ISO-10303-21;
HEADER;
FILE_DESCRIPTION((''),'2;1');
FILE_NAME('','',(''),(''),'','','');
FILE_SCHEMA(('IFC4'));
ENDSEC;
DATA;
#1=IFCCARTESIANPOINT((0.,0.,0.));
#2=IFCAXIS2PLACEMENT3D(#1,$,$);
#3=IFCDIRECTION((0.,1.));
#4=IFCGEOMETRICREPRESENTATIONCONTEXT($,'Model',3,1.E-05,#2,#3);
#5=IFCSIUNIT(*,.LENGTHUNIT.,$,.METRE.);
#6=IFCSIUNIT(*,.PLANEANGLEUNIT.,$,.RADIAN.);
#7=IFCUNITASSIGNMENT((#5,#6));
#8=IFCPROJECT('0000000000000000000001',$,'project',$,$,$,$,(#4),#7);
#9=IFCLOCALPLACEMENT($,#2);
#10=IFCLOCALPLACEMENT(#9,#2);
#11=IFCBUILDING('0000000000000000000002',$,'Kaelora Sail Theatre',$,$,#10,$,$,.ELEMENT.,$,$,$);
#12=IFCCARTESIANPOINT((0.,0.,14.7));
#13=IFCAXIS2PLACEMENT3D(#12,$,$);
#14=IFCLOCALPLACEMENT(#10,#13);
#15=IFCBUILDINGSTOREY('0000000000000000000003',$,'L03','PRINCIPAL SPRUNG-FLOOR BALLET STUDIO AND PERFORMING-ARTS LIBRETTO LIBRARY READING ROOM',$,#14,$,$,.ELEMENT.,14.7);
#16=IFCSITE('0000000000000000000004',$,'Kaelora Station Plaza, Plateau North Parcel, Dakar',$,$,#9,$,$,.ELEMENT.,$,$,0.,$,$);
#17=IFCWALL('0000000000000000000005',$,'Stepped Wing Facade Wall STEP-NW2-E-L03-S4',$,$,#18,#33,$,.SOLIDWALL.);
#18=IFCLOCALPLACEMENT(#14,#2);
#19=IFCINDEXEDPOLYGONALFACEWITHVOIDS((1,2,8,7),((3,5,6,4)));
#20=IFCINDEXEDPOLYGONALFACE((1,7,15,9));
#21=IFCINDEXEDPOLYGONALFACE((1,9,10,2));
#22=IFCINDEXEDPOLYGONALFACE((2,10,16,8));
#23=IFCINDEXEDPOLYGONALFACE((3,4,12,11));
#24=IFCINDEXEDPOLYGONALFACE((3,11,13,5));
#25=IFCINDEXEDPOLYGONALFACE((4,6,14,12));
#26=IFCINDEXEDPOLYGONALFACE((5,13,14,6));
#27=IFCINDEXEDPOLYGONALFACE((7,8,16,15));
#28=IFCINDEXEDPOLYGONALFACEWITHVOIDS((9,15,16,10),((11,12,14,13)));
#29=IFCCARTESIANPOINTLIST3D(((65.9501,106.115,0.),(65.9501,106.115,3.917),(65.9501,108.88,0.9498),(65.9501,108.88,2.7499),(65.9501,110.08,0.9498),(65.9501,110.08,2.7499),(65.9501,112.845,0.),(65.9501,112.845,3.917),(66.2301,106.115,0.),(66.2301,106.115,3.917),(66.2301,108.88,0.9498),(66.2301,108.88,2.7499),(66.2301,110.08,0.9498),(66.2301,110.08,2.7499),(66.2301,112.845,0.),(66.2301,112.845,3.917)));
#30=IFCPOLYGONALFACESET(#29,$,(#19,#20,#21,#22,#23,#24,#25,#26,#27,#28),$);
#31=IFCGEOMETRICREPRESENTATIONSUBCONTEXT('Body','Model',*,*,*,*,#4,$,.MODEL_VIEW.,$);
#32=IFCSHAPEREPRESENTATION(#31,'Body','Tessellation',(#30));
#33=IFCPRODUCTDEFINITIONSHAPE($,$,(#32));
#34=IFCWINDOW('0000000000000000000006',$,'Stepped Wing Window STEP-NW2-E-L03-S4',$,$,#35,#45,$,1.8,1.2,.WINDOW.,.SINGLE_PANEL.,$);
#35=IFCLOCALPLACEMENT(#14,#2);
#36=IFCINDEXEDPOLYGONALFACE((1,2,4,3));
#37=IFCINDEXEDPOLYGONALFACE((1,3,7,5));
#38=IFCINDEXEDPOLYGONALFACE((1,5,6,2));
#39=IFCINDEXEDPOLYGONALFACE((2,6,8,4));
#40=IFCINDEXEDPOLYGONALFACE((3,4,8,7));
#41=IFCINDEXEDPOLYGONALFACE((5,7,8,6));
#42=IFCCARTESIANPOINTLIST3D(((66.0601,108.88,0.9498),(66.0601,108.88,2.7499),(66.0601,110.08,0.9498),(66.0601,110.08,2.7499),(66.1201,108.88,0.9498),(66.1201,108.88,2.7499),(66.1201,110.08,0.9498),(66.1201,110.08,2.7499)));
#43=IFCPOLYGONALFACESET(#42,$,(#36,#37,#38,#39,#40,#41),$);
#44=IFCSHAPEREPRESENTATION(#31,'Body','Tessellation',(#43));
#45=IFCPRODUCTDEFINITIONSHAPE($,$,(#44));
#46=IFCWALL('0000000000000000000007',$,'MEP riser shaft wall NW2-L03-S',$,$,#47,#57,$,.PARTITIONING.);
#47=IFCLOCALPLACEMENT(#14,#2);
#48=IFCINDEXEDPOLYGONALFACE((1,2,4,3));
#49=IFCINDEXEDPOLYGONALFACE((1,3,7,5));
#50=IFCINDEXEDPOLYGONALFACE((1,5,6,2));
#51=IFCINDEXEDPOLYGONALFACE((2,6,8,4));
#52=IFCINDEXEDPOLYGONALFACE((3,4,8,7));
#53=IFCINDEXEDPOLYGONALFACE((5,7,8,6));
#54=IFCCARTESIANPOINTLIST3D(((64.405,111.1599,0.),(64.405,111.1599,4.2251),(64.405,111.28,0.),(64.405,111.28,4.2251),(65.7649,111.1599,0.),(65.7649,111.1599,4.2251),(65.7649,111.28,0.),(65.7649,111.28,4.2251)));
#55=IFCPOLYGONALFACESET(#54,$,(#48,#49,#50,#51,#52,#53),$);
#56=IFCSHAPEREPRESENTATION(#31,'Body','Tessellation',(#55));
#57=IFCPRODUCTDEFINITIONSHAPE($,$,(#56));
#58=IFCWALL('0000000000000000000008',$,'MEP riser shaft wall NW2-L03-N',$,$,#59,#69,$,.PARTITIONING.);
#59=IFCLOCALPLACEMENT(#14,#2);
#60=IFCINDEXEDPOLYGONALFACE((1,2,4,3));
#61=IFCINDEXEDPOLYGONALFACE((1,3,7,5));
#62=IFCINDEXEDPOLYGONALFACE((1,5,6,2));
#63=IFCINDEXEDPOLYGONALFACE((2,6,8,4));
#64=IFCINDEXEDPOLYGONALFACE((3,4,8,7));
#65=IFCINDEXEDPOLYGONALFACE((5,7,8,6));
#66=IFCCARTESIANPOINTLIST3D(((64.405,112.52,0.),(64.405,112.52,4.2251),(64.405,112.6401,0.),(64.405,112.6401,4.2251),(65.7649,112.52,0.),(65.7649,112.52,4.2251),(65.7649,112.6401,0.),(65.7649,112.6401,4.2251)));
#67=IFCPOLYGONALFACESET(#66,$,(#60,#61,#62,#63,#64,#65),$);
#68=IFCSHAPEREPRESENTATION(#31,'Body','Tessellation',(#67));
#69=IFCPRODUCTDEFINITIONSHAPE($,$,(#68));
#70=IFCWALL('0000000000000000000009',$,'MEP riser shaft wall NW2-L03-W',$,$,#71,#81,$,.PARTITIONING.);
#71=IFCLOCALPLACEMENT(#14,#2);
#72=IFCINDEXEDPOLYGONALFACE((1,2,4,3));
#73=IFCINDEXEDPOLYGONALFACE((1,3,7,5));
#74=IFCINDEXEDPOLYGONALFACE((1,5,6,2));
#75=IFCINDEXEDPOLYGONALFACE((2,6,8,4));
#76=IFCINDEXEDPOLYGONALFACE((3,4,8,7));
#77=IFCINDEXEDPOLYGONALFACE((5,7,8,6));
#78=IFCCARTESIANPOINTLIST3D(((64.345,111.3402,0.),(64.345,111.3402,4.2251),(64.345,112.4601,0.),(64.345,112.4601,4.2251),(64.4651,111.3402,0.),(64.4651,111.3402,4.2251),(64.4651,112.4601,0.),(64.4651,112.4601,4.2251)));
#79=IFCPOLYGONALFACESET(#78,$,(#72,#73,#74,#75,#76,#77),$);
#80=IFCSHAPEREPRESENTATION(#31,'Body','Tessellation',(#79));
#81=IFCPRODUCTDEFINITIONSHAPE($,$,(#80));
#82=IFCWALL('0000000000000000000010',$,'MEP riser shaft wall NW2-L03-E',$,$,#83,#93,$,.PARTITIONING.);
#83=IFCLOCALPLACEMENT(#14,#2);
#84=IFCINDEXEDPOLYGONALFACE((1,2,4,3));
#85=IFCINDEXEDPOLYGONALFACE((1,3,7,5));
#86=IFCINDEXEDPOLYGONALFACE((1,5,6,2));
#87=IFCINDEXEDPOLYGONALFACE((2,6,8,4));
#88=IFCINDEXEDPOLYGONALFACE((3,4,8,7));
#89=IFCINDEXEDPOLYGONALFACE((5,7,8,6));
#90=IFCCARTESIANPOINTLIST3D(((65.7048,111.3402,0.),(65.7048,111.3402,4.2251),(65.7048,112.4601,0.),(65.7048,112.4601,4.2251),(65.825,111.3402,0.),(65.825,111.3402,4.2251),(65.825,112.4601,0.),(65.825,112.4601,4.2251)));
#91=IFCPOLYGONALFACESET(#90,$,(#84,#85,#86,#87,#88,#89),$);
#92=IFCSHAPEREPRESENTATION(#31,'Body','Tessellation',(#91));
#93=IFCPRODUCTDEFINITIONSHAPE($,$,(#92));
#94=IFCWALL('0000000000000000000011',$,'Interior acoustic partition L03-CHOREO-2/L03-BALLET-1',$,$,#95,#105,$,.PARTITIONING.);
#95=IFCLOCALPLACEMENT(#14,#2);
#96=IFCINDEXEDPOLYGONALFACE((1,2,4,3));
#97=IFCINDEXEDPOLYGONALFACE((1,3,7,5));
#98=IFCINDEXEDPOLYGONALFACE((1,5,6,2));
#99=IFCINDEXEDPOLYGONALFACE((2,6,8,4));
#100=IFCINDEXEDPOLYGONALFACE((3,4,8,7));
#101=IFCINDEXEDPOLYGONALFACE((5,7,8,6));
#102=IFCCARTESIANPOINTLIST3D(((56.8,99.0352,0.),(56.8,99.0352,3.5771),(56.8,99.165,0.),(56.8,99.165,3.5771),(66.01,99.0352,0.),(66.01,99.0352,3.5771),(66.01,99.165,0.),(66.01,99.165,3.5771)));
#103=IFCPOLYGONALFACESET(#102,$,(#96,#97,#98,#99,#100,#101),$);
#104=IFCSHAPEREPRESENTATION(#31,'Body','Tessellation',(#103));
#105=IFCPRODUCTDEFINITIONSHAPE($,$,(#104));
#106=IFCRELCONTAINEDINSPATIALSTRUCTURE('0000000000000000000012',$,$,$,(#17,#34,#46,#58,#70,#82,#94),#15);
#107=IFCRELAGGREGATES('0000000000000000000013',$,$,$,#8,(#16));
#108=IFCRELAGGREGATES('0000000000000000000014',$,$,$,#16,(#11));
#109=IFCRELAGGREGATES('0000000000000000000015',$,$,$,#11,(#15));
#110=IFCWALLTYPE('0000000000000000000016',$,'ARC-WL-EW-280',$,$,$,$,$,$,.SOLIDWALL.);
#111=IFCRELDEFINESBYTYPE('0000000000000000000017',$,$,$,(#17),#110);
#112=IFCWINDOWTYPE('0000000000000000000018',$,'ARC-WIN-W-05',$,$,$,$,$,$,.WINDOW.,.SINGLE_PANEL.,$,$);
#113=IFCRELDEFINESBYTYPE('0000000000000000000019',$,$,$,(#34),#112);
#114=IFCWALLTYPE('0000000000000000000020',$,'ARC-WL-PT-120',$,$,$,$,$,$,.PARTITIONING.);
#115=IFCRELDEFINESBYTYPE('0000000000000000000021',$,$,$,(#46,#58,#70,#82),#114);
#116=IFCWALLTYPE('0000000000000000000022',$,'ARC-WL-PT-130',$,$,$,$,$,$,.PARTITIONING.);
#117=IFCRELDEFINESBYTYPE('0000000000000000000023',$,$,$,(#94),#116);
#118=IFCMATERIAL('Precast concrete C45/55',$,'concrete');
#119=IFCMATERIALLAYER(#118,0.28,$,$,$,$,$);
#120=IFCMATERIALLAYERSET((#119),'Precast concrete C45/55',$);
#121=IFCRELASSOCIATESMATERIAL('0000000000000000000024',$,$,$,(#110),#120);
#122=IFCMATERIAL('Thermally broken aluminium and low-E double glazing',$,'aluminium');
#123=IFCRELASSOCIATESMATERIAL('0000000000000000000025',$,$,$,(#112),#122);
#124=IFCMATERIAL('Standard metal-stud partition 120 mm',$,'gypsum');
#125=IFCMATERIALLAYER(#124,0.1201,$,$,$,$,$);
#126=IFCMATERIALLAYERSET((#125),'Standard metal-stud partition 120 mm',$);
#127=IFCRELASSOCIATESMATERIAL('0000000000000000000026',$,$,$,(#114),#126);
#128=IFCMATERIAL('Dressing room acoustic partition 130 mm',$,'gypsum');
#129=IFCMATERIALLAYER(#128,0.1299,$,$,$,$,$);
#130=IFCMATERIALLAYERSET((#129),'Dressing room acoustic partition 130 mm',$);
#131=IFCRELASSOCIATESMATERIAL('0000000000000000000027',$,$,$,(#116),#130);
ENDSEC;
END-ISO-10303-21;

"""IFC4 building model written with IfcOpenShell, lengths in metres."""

from ifc_helpers import new_model, si_unit, direction, frame, frame_2d, origin, place, context, subcontext, project, spatial, rectangle, extrude, material, layer, layer_set, type_object, element, fill, save


model = new_model("IFC4")

# Units and contexts
model_context = context("Model", 3, precision=1e-05, world=origin(), true_north=direction((0.0, 1.0)))
body_context = subcontext(model_context, "Body", "Model", "MODEL_VIEW")
ifc_project = project(units=[si_unit("LENGTHUNIT", "METRE"), si_unit("PLANEANGLEUNIT", "RADIAN")], contexts=[model_context])

# Site, building, storey
site_placement = place(None, origin())
site = spatial("IfcSite", under=ifc_project, at=site_placement, Name="Kaelora Station Plaza, Plateau North Parcel, Dakar", CompositionType="ELEMENT", RefElevation=0.0)
building_placement = place(site_placement, origin())
building = spatial("IfcBuilding", under=site, at=building_placement, Name="Kaelora Sail Theatre", CompositionType="ELEMENT")
storey_placement = place(building_placement, frame((0.0, 0.0, 14.7)))
storey = spatial("IfcBuildingStorey", under=building, at=storey_placement, Name="L03", Description="PRINCIPAL SPRUNG-FLOOR BALLET STUDIO AND PERFORMING-ARTS LIBRETTO LIBRARY READING ROOM", CompositionType="ELEMENT", Elevation=14.7)

# Shared definitions
ifc_material_1 = material(Name="Precast concrete C45/55", Category="concrete")
ifc_layer_1 = layer(ifc_material_1, 0.28)
ifc_layer_set_1 = layer_set([ifc_layer_1], Name="Precast concrete C45/55")
wall_type_1 = type_object("IfcWallType", Name="ARC-WL-EW-280", PredefinedType="SOLIDWALL", material=ifc_layer_set_1)

# Wall, opening, window
wall_1_placement = place(storey_placement, frame((66.0901, 106.115, 0.0), z_axis=(0.0, 0.0, 1.0), x_axis=(0.0, 1.0, 0.0)))
wall_1 = element("IfcWall", 1, at=wall_1_placement, inside=storey, type_object=wall_type_1, Name="Stepped Wing Facade Wall STEP-NW2-E-L03-S4", PredefinedType="SOLIDWALL", context=body_context, shape_type="SweptSolid", body=[
    extrude(rectangle(XDim=6.73, YDim=0.28, at=frame_2d((3.365, 0.0))), origin(), (0.0, 0.0, 1.0), 3.917),
])
opening_1_placement = place(wall_1_placement, frame((2.7649, 0.0, 0.95)))
opening_1 = element("IfcOpeningElement", 2, at=opening_1_placement, cuts=wall_1, PredefinedType="OPENING", context=body_context, shape_type="SweptSolid", body=[
    extrude(rectangle(XDim=1.2, YDim=1.8, at=frame_2d((0.6001, 0.8999))), frame((0.0, 0.1501, 0.0), z_axis=(0.0, -1.0, 0.0), x_axis=(1.0, 0.0, 0.0)), (0.0, 0.0, 1.0), 0.3),
])
ifc_material_2 = material(Name="Thermally broken aluminium and low-E double glazing", Category="aluminium")
window_type_1 = type_object("IfcWindowType", Name="ARC-WIN-W-05", PartitioningType="SINGLE_PANEL", PredefinedType="WINDOW", material=ifc_material_2)
window_1_placement = place(opening_1_placement, origin())
window_1 = element("IfcWindow", 3, at=window_1_placement, inside=storey, type_object=window_type_1, Name="Stepped Wing Window STEP-NW2-E-L03-S4", OverallHeight=1.8, OverallWidth=1.2, PartitioningType="SINGLE_PANEL", PredefinedType="WINDOW", context=body_context, shape_type="SweptSolid", body=[
    extrude(rectangle(XDim=1.2, YDim=1.8, at=frame_2d((0.6001, 0.8999))), frame((0.0, 0.03, 0.0), z_axis=(0.0, -1.0, 0.0), x_axis=(1.0, 0.0, 0.0)), (0.0, 0.0, 1.0), 0.0601),
])
fill(opening_1, window_1)

# Walls
ifc_material_3 = material(Name="Standard metal-stud partition 120 mm", Category="gypsum")
ifc_layer_2 = layer(ifc_material_3, 0.1201)
ifc_layer_set_2 = layer_set([ifc_layer_2], Name="Standard metal-stud partition 120 mm")
wall_type_2 = type_object("IfcWallType", Name="ARC-WL-PT-120", PredefinedType="PARTITIONING", material=ifc_layer_set_2)
for number, where, z_axis, x_axis, name in (
    (4, (64.405, 111.22, 0.0), (0.0, 0.0, 1.0), (1.0, 0.0, 0.0), "MEP riser shaft wall NW2-L03-S"),
    (5, (64.405, 112.5801, 0.0), (0.0, 0.0, 1.0), (1.0, 0.0, 0.0), "MEP riser shaft wall NW2-L03-N"),
):
    element("IfcWall", number, at=place(storey_placement, frame(where, z_axis=z_axis, x_axis=x_axis)), inside=storey, type_object=wall_type_2, Name=name, PredefinedType="PARTITIONING", context=body_context, shape_type="SweptSolid", body=[
        extrude(rectangle(XDim=1.3599, YDim=0.1201, at=frame_2d((0.6799, 0.0))), origin(), (0.0, 0.0, 1.0), 4.2251),
    ])
for number, where, z_axis, x_axis, name in (
    (6, (64.405, 111.3401, 0.0), (0.0, 0.0, 1.0), (0.0, 1.0, 0.0), "MEP riser shaft wall NW2-L03-W"),
    (7, (65.7649, 111.3401, 0.0), (0.0, 0.0, 1.0), (0.0, 1.0, 0.0), "MEP riser shaft wall NW2-L03-E"),
):
    element("IfcWall", number, at=place(storey_placement, frame(where, z_axis=z_axis, x_axis=x_axis)), inside=storey, type_object=wall_type_2, Name=name, PredefinedType="PARTITIONING", context=body_context, shape_type="SweptSolid", body=[
        extrude(rectangle(XDim=1.1199, YDim=0.1201, at=frame_2d((0.5601, 0.0))), origin(), (0.0, 0.0, 1.0), 4.2251),
    ])
ifc_material_4 = material(Name="Dressing room acoustic partition 130 mm", Category="gypsum")
ifc_layer_3 = layer(ifc_material_4, 0.1299)
ifc_layer_set_3 = layer_set([ifc_layer_3], Name="Dressing room acoustic partition 130 mm")
wall_type_3 = type_object("IfcWallType", Name="ARC-WL-PT-130", PredefinedType="PARTITIONING", material=ifc_layer_set_3)
wall_2_placement = place(storey_placement, frame((56.8, 99.1001, 0.0), z_axis=(0.0, 0.0, 1.0), x_axis=(1.0, 0.0, 0.0)))
element("IfcWall", 8, at=wall_2_placement, inside=storey, type_object=wall_type_3, Name="Interior acoustic partition L03-CHOREO-2/L03-BALLET-1", PredefinedType="PARTITIONING", context=body_context, shape_type="SweptSolid", body=[
    extrude(rectangle(XDim=9.21, YDim=0.1299, at=frame_2d((4.605, 0.0))), origin(), (0.0, 0.0, 1.0), 3.5771),
])

save(model, "model.ifc")
